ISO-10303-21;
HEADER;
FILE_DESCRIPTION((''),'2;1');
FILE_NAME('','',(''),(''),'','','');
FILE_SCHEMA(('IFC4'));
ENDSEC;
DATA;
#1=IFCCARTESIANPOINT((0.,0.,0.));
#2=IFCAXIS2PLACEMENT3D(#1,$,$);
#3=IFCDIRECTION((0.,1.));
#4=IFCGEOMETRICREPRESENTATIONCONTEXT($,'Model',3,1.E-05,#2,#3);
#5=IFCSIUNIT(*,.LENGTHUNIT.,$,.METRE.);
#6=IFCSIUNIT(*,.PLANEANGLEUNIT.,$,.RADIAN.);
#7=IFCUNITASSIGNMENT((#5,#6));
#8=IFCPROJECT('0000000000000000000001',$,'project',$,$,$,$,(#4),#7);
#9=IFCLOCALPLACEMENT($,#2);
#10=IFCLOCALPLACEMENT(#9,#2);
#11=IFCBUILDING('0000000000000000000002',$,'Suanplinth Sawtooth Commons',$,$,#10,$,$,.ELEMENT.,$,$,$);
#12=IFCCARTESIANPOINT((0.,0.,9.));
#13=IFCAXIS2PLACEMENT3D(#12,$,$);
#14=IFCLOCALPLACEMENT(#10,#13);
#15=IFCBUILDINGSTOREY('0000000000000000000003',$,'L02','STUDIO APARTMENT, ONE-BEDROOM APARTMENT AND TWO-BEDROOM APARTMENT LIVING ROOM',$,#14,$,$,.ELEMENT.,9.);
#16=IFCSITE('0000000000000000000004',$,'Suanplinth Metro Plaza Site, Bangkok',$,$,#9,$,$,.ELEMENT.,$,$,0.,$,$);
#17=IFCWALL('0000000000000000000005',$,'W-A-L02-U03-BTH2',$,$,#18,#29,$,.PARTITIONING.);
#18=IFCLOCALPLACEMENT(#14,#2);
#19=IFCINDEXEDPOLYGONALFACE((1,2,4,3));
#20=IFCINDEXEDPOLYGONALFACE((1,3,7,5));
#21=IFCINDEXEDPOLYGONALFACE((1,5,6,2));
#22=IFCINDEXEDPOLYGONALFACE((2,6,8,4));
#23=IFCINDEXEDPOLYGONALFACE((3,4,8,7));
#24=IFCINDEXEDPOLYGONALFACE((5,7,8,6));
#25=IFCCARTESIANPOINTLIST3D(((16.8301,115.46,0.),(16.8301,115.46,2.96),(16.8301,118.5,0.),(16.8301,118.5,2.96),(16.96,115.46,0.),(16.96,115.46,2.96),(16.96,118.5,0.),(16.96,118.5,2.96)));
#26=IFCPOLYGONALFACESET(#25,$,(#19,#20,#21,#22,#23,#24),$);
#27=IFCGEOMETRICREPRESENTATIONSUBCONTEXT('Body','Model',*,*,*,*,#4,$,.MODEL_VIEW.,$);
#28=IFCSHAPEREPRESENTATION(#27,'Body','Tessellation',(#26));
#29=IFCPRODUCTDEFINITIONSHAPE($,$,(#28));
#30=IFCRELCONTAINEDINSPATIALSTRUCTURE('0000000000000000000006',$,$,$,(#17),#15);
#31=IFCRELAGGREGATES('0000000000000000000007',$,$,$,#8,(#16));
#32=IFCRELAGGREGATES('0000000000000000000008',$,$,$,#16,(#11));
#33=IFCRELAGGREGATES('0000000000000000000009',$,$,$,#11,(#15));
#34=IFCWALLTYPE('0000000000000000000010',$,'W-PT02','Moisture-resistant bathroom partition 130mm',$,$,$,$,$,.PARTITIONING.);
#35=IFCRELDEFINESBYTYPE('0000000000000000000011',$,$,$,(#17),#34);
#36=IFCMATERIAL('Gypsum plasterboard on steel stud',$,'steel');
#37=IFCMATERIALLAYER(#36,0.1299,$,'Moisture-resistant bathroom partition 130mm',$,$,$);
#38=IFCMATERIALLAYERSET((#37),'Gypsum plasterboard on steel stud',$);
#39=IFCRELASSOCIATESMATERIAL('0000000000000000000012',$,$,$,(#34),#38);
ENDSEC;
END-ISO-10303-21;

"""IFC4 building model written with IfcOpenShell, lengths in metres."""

from ifc_helpers import new_model, si_unit, direction, frame, frame_2d, origin, place, context, subcontext, project, spatial, rectangle, extrude, material, layer, layer_set, type_object, element, save


model = new_model("IFC4")

# Units and contexts
model_context = context("Model", 3, precision=1e-05, world=origin(), true_north=direction((0.0, 1.0)))
body_context = subcontext(model_context, "Body", "Model", "MODEL_VIEW")
ifc_project = project(units=[si_unit("LENGTHUNIT", "METRE"), si_unit("PLANEANGLEUNIT", "RADIAN")], contexts=[model_context])

# Site, building, storey
site_placement = place(None, origin())
site = spatial("IfcSite", under=ifc_project, at=site_placement, Name="Suanplinth Metro Plaza Site, Bangkok", CompositionType="ELEMENT", RefElevation=0.0)
building_placement = place(site_placement, origin())
building = spatial("IfcBuilding", under=site, at=building_placement, Name="Suanplinth Sawtooth Commons", CompositionType="ELEMENT")
storey_placement = place(building_placement, frame((0.0, 0.0, 9.0)))
storey = spatial("IfcBuildingStorey", under=building, at=storey_placement, Name="L02", Description="STUDIO APARTMENT, ONE-BEDROOM APARTMENT AND TWO-BEDROOM APARTMENT LIVING ROOM", CompositionType="ELEMENT", Elevation=9.0)

# Wall
ifc_material_1 = material(Name="Gypsum plasterboard on steel stud", Category="steel")
ifc_layer_1 = layer(ifc_material_1, 0.1299, Name="Moisture-resistant bathroom partition 130mm")
ifc_layer_set_1 = layer_set([ifc_layer_1], Name="Gypsum plasterboard on steel stud")
wall_type_1 = type_object("IfcWallType", Name="W-PT02", Description="Moisture-resistant bathroom partition 130mm", PredefinedType="PARTITIONING", material=ifc_layer_set_1)
wall_1_placement = place(storey_placement, frame((16.895, 115.46, 0.0), z_axis=(0.0, 0.0, 1.0), x_axis=(0.0, 1.0, 0.0)))
element("IfcWall", 1, at=wall_1_placement, inside=storey, type_object=wall_type_1, Name="W-A-L02-U03-BTH2", PredefinedType="PARTITIONING", context=body_context, shape_type="SweptSolid", body=[
    extrude(rectangle(XDim=3.04, YDim=0.1299, at=frame_2d((1.52, 0.0))), origin(), (0.0, 0.0, 1.0), 2.96),
])

save(model, "model.ifc")
